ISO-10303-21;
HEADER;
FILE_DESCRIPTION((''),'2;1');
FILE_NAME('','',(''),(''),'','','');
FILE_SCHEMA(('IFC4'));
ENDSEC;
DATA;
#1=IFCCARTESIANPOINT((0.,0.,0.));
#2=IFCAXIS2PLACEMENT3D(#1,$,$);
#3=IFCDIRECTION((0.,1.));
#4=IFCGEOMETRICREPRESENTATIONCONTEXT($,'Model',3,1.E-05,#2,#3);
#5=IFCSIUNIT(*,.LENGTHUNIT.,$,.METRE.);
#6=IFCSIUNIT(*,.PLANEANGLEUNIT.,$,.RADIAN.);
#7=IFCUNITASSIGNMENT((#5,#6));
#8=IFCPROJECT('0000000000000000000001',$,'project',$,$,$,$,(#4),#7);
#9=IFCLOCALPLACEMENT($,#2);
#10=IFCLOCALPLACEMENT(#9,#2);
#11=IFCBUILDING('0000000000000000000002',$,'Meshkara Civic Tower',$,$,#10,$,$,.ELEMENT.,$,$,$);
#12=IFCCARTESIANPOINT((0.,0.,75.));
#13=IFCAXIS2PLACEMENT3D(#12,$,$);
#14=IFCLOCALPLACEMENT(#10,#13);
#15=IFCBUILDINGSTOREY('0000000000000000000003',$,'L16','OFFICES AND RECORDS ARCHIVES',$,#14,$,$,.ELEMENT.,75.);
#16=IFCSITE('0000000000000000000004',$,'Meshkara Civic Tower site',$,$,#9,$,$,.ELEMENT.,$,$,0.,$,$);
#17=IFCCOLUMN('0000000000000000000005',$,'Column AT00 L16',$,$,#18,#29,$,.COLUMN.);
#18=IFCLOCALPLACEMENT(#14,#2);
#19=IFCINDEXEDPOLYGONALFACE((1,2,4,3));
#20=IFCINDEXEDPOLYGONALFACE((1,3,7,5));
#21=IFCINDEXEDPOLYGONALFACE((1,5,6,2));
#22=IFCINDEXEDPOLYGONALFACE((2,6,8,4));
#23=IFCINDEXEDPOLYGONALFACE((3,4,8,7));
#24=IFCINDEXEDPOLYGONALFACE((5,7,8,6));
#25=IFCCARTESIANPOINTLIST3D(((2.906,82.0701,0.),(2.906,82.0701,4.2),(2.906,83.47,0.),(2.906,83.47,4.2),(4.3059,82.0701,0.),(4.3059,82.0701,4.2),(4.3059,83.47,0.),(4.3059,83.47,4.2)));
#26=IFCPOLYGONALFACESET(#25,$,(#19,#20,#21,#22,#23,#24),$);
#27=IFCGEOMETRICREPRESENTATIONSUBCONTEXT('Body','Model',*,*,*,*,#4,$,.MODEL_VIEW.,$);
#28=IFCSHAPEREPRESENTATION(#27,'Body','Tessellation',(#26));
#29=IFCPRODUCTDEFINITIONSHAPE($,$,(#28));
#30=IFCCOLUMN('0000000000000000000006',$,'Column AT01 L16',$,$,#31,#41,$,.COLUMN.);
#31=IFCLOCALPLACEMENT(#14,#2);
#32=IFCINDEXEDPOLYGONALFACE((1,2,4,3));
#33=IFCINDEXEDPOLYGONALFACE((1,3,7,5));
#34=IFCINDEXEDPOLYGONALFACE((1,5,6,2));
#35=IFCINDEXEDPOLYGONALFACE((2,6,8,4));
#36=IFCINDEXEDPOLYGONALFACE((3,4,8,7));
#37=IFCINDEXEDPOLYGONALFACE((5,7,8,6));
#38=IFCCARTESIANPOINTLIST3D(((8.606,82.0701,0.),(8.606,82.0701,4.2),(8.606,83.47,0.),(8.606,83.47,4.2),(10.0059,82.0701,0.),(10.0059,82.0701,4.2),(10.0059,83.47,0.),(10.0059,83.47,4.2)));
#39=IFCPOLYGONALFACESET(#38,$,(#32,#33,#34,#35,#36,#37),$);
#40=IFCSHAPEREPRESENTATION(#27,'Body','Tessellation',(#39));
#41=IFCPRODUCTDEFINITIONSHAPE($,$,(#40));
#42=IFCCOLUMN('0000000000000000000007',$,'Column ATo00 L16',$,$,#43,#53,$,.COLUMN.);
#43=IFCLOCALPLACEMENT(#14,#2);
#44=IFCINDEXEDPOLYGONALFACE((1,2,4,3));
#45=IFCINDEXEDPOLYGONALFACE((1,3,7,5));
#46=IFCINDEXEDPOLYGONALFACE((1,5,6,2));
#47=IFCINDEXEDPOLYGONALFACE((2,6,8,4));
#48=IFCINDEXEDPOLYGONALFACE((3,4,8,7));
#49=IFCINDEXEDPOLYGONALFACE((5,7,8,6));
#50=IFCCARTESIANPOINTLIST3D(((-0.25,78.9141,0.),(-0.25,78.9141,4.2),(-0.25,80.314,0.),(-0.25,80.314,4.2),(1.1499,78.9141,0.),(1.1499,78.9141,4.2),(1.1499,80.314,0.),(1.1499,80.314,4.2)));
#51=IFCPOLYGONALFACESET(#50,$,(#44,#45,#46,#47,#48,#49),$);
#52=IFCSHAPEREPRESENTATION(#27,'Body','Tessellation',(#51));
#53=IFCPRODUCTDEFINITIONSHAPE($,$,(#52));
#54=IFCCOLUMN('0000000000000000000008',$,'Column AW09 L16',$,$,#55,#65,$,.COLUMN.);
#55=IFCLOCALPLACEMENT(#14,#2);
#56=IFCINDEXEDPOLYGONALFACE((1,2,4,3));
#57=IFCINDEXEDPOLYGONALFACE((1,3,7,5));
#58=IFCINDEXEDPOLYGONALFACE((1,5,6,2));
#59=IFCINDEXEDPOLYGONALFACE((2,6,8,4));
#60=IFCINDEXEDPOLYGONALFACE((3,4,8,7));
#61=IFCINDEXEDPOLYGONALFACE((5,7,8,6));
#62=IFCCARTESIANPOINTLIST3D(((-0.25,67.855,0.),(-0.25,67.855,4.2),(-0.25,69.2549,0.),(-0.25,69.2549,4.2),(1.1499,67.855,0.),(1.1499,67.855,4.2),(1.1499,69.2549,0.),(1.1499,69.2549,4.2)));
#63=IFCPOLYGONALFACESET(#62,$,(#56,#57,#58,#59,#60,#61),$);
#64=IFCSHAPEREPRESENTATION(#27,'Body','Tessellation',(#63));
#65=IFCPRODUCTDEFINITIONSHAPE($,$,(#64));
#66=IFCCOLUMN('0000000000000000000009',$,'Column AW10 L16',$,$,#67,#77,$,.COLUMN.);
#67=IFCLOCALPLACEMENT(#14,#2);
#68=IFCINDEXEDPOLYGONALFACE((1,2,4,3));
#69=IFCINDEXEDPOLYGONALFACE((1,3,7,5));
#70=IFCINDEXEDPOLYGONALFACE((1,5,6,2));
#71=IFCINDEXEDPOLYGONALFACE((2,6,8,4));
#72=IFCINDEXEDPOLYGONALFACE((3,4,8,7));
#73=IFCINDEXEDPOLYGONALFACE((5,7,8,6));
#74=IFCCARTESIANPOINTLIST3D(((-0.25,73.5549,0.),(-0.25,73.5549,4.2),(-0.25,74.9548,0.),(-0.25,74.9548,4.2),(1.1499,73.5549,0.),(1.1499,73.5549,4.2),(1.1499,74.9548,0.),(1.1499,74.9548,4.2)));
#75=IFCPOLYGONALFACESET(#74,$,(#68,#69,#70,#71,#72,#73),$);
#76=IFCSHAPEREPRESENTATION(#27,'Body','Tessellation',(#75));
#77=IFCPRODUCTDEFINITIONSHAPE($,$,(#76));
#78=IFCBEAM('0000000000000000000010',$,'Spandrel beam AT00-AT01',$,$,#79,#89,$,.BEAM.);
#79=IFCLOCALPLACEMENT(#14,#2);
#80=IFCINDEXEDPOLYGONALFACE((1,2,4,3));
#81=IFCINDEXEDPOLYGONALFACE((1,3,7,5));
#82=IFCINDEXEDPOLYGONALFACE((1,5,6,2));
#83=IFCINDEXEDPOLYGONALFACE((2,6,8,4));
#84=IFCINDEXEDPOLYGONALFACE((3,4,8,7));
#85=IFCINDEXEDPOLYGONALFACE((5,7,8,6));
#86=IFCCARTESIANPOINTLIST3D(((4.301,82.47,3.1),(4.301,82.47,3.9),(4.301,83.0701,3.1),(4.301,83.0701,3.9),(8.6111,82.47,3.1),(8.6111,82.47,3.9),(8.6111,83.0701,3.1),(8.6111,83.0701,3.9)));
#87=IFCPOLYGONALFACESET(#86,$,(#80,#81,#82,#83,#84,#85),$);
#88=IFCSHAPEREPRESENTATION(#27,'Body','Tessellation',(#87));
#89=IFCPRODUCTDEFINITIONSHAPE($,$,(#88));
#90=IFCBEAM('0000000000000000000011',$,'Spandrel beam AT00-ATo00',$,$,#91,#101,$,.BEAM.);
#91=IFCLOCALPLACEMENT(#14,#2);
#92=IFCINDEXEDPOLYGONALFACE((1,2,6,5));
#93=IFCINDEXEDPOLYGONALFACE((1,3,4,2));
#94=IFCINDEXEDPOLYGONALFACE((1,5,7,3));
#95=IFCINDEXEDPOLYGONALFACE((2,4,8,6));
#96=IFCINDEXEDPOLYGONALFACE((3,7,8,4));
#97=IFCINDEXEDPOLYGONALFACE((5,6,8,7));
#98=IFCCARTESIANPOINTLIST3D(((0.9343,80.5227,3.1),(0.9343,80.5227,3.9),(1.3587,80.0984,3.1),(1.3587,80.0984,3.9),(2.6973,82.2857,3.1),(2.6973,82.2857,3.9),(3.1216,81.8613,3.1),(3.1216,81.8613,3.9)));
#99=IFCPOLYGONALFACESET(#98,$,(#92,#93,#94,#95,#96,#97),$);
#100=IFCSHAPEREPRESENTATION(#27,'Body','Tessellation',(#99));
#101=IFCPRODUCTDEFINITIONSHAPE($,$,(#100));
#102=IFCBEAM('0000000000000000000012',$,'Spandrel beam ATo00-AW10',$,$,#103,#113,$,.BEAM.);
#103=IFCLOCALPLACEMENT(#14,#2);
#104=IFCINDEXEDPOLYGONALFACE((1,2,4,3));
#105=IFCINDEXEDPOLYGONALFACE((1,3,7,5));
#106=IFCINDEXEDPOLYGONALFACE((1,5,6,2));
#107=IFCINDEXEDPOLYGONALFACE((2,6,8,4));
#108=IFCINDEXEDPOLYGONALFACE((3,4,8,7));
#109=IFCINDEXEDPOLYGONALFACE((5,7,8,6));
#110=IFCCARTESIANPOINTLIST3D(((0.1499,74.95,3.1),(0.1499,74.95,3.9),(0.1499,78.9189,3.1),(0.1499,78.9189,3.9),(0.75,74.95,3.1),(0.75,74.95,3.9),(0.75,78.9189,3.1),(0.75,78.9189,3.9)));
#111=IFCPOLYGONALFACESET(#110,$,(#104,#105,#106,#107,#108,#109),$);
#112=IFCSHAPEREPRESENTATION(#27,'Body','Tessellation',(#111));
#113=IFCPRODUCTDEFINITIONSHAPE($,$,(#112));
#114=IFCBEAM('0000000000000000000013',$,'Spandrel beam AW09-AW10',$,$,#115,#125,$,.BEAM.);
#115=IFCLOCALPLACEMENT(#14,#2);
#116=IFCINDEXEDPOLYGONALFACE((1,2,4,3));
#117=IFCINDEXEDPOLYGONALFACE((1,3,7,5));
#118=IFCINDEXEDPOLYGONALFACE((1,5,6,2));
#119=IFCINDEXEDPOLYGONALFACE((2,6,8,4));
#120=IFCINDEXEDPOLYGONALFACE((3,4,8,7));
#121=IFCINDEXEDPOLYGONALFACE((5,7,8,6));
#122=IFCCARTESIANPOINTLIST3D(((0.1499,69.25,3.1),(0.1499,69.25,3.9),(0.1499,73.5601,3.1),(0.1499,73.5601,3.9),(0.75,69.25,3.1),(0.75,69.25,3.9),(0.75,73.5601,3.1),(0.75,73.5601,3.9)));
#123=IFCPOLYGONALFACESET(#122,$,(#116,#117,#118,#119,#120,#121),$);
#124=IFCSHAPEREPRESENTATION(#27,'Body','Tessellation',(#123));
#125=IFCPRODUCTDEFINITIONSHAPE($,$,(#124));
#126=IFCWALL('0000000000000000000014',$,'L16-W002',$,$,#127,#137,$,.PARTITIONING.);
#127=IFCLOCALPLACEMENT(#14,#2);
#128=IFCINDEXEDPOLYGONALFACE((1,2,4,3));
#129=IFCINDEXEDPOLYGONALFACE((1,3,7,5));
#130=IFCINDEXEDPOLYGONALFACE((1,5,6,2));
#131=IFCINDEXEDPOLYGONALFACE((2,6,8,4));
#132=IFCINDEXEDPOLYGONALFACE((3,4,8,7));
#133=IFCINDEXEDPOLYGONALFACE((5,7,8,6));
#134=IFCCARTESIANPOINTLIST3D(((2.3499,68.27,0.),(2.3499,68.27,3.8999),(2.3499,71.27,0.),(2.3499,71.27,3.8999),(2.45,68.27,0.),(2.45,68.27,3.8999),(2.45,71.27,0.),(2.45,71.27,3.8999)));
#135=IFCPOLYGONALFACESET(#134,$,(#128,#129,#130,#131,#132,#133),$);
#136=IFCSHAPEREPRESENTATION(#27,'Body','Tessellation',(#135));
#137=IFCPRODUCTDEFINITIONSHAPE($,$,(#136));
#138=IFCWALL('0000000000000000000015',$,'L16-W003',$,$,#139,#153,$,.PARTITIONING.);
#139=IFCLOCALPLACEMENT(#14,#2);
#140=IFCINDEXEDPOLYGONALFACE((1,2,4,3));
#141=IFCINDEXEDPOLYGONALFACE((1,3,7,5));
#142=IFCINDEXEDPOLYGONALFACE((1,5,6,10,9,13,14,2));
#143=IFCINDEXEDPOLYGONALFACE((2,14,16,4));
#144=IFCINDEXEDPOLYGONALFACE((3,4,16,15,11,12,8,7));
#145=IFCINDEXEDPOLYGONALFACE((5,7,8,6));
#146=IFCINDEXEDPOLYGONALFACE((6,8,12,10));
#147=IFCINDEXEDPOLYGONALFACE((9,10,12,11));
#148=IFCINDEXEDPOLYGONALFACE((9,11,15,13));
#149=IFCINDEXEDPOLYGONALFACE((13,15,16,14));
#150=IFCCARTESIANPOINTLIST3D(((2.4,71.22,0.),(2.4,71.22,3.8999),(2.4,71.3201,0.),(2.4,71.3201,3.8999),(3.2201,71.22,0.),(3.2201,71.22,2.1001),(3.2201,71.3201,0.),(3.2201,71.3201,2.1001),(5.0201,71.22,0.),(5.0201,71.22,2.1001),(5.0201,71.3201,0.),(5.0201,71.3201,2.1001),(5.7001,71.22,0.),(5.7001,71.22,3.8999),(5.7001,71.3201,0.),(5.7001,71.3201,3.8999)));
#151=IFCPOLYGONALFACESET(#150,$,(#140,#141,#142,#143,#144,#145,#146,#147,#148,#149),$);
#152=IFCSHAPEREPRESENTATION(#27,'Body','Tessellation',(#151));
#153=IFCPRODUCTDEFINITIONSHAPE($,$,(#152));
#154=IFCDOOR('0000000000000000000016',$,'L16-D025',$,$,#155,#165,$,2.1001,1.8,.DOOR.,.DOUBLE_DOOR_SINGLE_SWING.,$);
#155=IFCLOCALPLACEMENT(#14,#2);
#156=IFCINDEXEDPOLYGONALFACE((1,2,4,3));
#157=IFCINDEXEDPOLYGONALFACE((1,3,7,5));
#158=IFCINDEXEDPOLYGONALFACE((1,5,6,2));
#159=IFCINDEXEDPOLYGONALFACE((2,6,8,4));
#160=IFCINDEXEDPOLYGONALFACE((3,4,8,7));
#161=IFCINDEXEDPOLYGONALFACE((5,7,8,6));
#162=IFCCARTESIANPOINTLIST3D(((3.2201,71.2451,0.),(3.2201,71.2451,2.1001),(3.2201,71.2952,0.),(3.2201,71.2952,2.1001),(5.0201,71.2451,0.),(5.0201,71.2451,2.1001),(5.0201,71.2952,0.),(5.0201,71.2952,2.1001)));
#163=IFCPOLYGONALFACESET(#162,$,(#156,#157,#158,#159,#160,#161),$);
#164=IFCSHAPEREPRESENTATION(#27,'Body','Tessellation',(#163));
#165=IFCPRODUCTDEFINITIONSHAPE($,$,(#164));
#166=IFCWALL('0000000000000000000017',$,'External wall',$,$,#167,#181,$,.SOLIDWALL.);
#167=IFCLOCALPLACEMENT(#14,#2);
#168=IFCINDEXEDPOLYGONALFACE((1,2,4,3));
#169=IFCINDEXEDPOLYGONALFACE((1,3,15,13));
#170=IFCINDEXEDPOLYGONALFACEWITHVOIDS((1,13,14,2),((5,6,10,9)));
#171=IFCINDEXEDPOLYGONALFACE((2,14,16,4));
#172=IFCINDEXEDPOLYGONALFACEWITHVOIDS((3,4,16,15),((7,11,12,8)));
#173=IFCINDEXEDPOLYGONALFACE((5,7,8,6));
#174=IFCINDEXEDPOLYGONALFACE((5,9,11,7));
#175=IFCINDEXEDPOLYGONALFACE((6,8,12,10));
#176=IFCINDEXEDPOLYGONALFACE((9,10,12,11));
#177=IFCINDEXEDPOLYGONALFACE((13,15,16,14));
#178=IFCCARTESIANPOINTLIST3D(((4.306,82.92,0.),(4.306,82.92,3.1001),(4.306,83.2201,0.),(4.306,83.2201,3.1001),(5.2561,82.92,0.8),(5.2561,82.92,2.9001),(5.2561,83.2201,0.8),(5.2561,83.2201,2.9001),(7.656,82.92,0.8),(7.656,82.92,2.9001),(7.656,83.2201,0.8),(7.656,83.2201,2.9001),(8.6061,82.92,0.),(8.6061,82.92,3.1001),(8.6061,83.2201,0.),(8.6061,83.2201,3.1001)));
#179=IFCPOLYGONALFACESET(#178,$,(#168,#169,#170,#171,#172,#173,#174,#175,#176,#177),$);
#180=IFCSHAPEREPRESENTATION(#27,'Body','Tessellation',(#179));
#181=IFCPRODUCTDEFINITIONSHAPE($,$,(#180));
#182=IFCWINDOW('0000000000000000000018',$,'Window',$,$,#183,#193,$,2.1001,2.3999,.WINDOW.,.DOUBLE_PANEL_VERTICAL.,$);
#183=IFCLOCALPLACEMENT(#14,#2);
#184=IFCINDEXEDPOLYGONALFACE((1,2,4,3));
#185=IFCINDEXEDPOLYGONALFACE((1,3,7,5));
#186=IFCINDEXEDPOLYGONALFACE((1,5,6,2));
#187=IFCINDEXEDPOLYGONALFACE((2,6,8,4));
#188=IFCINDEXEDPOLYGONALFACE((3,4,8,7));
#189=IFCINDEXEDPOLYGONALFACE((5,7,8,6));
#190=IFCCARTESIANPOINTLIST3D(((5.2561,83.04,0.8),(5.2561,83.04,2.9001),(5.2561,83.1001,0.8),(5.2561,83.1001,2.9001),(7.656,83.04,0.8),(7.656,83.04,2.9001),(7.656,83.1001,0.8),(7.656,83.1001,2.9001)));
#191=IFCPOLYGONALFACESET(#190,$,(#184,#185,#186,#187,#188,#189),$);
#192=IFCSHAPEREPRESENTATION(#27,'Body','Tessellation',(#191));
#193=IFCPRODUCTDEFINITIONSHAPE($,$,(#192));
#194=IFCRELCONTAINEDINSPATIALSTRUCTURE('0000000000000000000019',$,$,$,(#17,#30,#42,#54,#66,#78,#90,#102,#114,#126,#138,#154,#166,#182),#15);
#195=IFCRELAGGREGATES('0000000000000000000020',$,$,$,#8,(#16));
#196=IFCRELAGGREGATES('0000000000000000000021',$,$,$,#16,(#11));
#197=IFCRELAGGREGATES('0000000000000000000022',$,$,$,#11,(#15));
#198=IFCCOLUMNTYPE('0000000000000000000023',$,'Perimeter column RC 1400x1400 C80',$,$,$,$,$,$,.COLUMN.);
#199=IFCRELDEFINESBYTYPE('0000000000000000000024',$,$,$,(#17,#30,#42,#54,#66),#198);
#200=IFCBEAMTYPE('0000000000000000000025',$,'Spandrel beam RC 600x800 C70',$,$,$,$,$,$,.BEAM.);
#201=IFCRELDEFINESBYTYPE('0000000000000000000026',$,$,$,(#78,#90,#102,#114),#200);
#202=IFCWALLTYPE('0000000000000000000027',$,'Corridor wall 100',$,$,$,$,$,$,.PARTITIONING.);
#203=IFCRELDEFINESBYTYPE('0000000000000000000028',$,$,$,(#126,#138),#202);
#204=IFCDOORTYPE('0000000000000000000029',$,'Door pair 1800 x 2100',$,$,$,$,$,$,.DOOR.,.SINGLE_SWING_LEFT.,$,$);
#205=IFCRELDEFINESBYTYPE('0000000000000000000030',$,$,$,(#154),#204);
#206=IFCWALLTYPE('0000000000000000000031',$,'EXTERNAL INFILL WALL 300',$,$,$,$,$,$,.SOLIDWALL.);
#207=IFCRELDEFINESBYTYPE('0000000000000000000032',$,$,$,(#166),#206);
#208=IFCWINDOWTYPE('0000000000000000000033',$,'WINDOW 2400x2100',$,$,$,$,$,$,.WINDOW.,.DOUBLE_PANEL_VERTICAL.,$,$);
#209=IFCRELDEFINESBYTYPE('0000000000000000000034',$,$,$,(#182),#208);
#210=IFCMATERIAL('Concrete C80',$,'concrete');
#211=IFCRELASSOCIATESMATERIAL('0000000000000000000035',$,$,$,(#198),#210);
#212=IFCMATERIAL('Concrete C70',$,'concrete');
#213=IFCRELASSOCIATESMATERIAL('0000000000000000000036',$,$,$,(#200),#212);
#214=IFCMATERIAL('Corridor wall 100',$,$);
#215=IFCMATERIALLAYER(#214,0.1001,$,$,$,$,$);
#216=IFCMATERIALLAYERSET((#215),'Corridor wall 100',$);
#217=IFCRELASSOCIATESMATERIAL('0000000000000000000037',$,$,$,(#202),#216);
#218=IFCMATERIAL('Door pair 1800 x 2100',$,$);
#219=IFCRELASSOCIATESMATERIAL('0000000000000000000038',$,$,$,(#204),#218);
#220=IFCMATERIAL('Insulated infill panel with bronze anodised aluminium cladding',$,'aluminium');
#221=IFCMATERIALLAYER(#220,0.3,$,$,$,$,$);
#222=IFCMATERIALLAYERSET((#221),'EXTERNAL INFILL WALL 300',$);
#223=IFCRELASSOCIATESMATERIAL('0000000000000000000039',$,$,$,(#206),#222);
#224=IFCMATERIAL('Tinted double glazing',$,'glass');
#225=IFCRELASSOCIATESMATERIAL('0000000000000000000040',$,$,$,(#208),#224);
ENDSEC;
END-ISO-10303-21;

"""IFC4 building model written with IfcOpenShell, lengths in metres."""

from ifc_helpers import new_model, si_unit, direction, frame, frame_2d, origin, origin_2d, place, context, subcontext, project, spatial, rectangle, extrude, material, layer, layer_set, material_profile, profile_set, type_object, element, fill, save


model = new_model("IFC4")

# Units and contexts
model_context = context("Model", 3, precision=1e-05, world=origin(), true_north=direction((0.0, 1.0)))
body_context = subcontext(model_context, "Body", "Model", "MODEL_VIEW")
ifc_project = project(units=[si_unit("LENGTHUNIT", "METRE"), si_unit("PLANEANGLEUNIT", "RADIAN")], contexts=[model_context])

# Site, building, storey
site_placement = place(None, origin())
site = spatial("IfcSite", under=ifc_project, at=site_placement, Name="Meshkara Civic Tower site", CompositionType="ELEMENT", RefElevation=0.0)
building_placement = place(site_placement, origin())
building = spatial("IfcBuilding", under=site, at=building_placement, Name="Meshkara Civic Tower", CompositionType="ELEMENT")
storey_placement = place(building_placement, frame((0.0, 0.0, 75.0)))
storey = spatial("IfcBuildingStorey", under=building, at=storey_placement, Name="L16", Description="OFFICES AND RECORDS ARCHIVES", CompositionType="ELEMENT", Elevation=75.0)

# Columns
ifc_material_1 = material(Name="Concrete C80", Category="concrete")
ifc_material_profile_1 = material_profile(ifc_material_1, rectangle(XDim=1.3999, YDim=1.3999, at=origin_2d()))
ifc_profile_set_1 = profile_set([ifc_material_profile_1], Name="Concrete C80")
column_type = type_object("IfcColumnType", Name="Perimeter column RC 1400x1400 C80", PredefinedType="COLUMN", material=ifc_profile_set_1)
for number, where, z_axis, x_axis, name in (
    (1, (3.606, 82.77, 0.0), (0.0, 0.0, 1.0), (1.0, 0.0, 0.0), "Column AT00 L16"),
    (2, (9.3059, 82.77, 0.0), (0.0, 0.0, 1.0), (1.0, 0.0, 0.0), "Column AT01 L16"),
    (3, (0.45, 79.614, 0.0), (0.0, 0.0, 1.0), (1.0, 0.0, 0.0), "Column ATo00 L16"),
    (4, (0.45, 68.5549, 0.0), (0.0, 0.0, 1.0), (1.0, 0.0, 0.0), "Column AW09 L16"),
    (5, (0.45, 74.2549, 0.0), (0.0, 0.0, 1.0), (1.0, 0.0, 0.0), "Column AW10 L16"),
):
    element("IfcColumn", number, at=place(storey_placement, frame(where, z_axis=z_axis, x_axis=x_axis)), inside=storey, type_object=column_type, Name=name, PredefinedType="COLUMN", context=body_context, shape_type="SweptSolid", body=[
        extrude(rectangle(XDim=1.3999, YDim=1.3999, at=origin_2d()), origin(), (0.0, 0.0, 1.0), 4.2),
    ])

# Beams
ifc_material_2 = material(Name="Concrete C70", Category="concrete")
ifc_material_profile_2 = material_profile(ifc_material_2, rectangle(XDim=0.6001, YDim=0.8, at=origin_2d()))
ifc_profile_set_2 = profile_set([ifc_material_profile_2], Name="Concrete C70")
beam_type = type_object("IfcBeamType", Name="Spandrel beam RC 600x800 C70", PredefinedType="BEAM", material=ifc_profile_set_2)
beam_1_placement = place(storey_placement, frame((8.6111, 82.77, 3.5), z_axis=(-1.0, 0.0, 0.0), x_axis=(0.0, -1.0, 0.0)))
element("IfcBeam", 6, at=beam_1_placement, inside=storey, type_object=beam_type, Name="Spandrel beam AT00-AT01", PredefinedType="BEAM", context=body_context, shape_type="SweptSolid", body=[
    extrude(rectangle(XDim=0.6001, YDim=0.8, at=origin_2d()), origin(), (0.0, 0.0, 1.0), 4.3101),
])
beam_2_placement = place(storey_placement, frame((2.9094, 82.0735, 3.5), z_axis=(-0.707107, -0.707107, 0.0), x_axis=(0.707107, -0.707107, 0.0)))
element("IfcBeam", 7, at=beam_2_placement, inside=storey, type_object=beam_type, Name="Spandrel beam AT00-ATo00", PredefinedType="BEAM", context=body_context, shape_type="SweptSolid", body=[
    extrude(rectangle(XDim=0.6001, YDim=0.8, at=origin_2d()), origin(), (0.0, 0.0, 1.0), 2.4932),
])
beam_3_placement = place(storey_placement, frame((0.45, 78.9189, 3.5), z_axis=(0.0, -1.0, 0.0), x_axis=(1.0, 0.0, 0.0)))
element("IfcBeam", 8, at=beam_3_placement, inside=storey, type_object=beam_type, Name="Spandrel beam ATo00-AW10", PredefinedType="BEAM", context=body_context, shape_type="SweptSolid", body=[
    extrude(rectangle(XDim=0.6001, YDim=0.8, at=origin_2d()), origin(), (0.0, 0.0, 1.0), 3.969),
])
beam_4_placement = place(storey_placement, frame((0.45, 73.5601, 3.5), z_axis=(0.0, -1.0, 0.0), x_axis=(1.0, 0.0, 0.0)))
element("IfcBeam", 9, at=beam_4_placement, inside=storey, type_object=beam_type, Name="Spandrel beam AW09-AW10", PredefinedType="BEAM", context=body_context, shape_type="SweptSolid", body=[
    extrude(rectangle(XDim=0.6001, YDim=0.8, at=origin_2d()), origin(), (0.0, 0.0, 1.0), 4.3101),
])

# Wall
ifc_material_3 = material(Name="Corridor wall 100")
ifc_layer_1 = layer(ifc_material_3, 0.1001)
ifc_layer_set_1 = layer_set([ifc_layer_1], Name="Corridor wall 100")
wall_type_1 = type_object("IfcWallType", Name="Corridor wall 100", PredefinedType="PARTITIONING", material=ifc_layer_set_1)
wall_1_placement = place(storey_placement, frame((2.3999, 71.27, 0.0), z_axis=(0.0, 0.0, 1.0), x_axis=(0.0, -1.0, 0.0)))
element("IfcWall", 10, at=wall_1_placement, inside=storey, type_object=wall_type_1, Name="L16-W002", PredefinedType="PARTITIONING", context=body_context, shape_type="SweptSolid", body=[
    extrude(rectangle(XDim=3.0, YDim=0.1001, at=frame_2d((1.5, 0.0))), origin(), (0.0, 0.0, 1.0), 3.8999),
])

# Wall, opening, door
wall_2_placement = place(storey_placement, frame((5.7, 71.27, 0.0), z_axis=(0.0, 0.0, 1.0), x_axis=(-1.0, 0.0, 0.0)))
wall_2 = element("IfcWall", 11, at=wall_2_placement, inside=storey, type_object=wall_type_1, Name="L16-W003", PredefinedType="PARTITIONING", context=body_context, shape_type="SweptSolid", body=[
    extrude(rectangle(XDim=3.3, YDim=0.1001, at=frame_2d((1.6499, 0.0))), origin(), (0.0, 0.0, 1.0), 3.8999),
])
opening_1_placement = place(wall_2_placement, frame((0.6799, 0.0, 0.0)))
opening_1 = element("IfcOpeningElement", 12, at=opening_1_placement, cuts=wall_2, PredefinedType="OPENING", context=body_context, shape_type="SweptSolid", body=[
    extrude(rectangle(XDim=1.8, YDim=2.1001, at=frame_2d((0.8999, 1.05))), frame((0.0, 0.0601, 0.0), z_axis=(0.0, -1.0, 0.0), x_axis=(1.0, 0.0, 0.0)), (0.0, 0.0, 1.0), 0.1201),
])
ifc_material_4 = material(Name="Door pair 1800 x 2100")
door_type_1 = type_object("IfcDoorType", Name="Door pair 1800 x 2100", OperationType="SINGLE_SWING_LEFT", PredefinedType="DOOR", material=ifc_material_4)
door_1_placement = place(opening_1_placement, origin())
door_1 = element("IfcDoor", 13, at=door_1_placement, inside=storey, type_object=door_type_1, Name="L16-D025", OperationType="DOUBLE_DOOR_SINGLE_SWING", OverallHeight=2.1001, OverallWidth=1.8, PredefinedType="DOOR", context=body_context, shape_type="SweptSolid", body=[
    extrude(rectangle(XDim=1.8, YDim=2.1001, at=frame_2d((0.8999, 1.05))), frame((0.0, 0.0249, 0.0), z_axis=(0.0, -1.0, 0.0), x_axis=(1.0, 0.0, 0.0)), (0.0, 0.0, 1.0), 0.05),
])
fill(opening_1, door_1)

# Wall, opening, window
ifc_material_5 = material(Name="Insulated infill panel with bronze anodised aluminium cladding", Category="aluminium")
ifc_layer_2 = layer(ifc_material_5, 0.3)
ifc_layer_set_2 = layer_set([ifc_layer_2], Name="EXTERNAL INFILL WALL 300")
wall_type_2 = type_object("IfcWallType", Name="EXTERNAL INFILL WALL 300", PredefinedType="SOLIDWALL", material=ifc_layer_set_2)
wall_3_placement = place(storey_placement, frame((8.606, 83.0701, 0.0), z_axis=(0.0, 0.0, 1.0), x_axis=(-1.0, 0.0, 0.0)))
wall_3 = element("IfcWall", 14, at=wall_3_placement, inside=storey, type_object=wall_type_2, Name="External wall", PredefinedType="SOLIDWALL", context=body_context, shape_type="SweptSolid", body=[
    extrude(rectangle(XDim=4.3, YDim=0.3, at=frame_2d((2.1499, 0.0))), origin(), (0.0, 0.0, 1.0), 3.1001),
])
opening_2_placement = place(wall_3_placement, frame((0.95, 0.0, 0.8)))
opening_2 = element("IfcOpeningElement", 15, at=opening_2_placement, cuts=wall_3, PredefinedType="OPENING", context=body_context, shape_type="SweptSolid", body=[
    extrude(rectangle(XDim=2.3999, YDim=2.1001, at=frame_2d((1.2, 1.05))), frame((0.0, 0.1599, 0.0), z_axis=(0.0, -1.0, 0.0), x_axis=(1.0, 0.0, 0.0)), (0.0, 0.0, 1.0), 0.3201),
])
ifc_material_6 = material(Name="Tinted double glazing", Category="glass")
window_type_1 = type_object("IfcWindowType", Name="WINDOW 2400x2100", PartitioningType="DOUBLE_PANEL_VERTICAL", PredefinedType="WINDOW", material=ifc_material_6)
window_1_placement = place(opening_2_placement, origin())
window_1 = element("IfcWindow", 16, at=window_1_placement, inside=storey, type_object=window_type_1, Name="Window", OverallHeight=2.1001, OverallWidth=2.3999, PartitioningType="DOUBLE_PANEL_VERTICAL", PredefinedType="WINDOW", context=body_context, shape_type="SweptSolid", body=[
    extrude(rectangle(XDim=2.3999, YDim=2.1001, at=frame_2d((1.2, 1.05))), frame((0.0, 0.03, 0.0), z_axis=(0.0, -1.0, 0.0), x_axis=(1.0, 0.0, 0.0)), (0.0, 0.0, 1.0), 0.0601),
])
fill(opening_2, window_1)

save(model, "model.ifc")
